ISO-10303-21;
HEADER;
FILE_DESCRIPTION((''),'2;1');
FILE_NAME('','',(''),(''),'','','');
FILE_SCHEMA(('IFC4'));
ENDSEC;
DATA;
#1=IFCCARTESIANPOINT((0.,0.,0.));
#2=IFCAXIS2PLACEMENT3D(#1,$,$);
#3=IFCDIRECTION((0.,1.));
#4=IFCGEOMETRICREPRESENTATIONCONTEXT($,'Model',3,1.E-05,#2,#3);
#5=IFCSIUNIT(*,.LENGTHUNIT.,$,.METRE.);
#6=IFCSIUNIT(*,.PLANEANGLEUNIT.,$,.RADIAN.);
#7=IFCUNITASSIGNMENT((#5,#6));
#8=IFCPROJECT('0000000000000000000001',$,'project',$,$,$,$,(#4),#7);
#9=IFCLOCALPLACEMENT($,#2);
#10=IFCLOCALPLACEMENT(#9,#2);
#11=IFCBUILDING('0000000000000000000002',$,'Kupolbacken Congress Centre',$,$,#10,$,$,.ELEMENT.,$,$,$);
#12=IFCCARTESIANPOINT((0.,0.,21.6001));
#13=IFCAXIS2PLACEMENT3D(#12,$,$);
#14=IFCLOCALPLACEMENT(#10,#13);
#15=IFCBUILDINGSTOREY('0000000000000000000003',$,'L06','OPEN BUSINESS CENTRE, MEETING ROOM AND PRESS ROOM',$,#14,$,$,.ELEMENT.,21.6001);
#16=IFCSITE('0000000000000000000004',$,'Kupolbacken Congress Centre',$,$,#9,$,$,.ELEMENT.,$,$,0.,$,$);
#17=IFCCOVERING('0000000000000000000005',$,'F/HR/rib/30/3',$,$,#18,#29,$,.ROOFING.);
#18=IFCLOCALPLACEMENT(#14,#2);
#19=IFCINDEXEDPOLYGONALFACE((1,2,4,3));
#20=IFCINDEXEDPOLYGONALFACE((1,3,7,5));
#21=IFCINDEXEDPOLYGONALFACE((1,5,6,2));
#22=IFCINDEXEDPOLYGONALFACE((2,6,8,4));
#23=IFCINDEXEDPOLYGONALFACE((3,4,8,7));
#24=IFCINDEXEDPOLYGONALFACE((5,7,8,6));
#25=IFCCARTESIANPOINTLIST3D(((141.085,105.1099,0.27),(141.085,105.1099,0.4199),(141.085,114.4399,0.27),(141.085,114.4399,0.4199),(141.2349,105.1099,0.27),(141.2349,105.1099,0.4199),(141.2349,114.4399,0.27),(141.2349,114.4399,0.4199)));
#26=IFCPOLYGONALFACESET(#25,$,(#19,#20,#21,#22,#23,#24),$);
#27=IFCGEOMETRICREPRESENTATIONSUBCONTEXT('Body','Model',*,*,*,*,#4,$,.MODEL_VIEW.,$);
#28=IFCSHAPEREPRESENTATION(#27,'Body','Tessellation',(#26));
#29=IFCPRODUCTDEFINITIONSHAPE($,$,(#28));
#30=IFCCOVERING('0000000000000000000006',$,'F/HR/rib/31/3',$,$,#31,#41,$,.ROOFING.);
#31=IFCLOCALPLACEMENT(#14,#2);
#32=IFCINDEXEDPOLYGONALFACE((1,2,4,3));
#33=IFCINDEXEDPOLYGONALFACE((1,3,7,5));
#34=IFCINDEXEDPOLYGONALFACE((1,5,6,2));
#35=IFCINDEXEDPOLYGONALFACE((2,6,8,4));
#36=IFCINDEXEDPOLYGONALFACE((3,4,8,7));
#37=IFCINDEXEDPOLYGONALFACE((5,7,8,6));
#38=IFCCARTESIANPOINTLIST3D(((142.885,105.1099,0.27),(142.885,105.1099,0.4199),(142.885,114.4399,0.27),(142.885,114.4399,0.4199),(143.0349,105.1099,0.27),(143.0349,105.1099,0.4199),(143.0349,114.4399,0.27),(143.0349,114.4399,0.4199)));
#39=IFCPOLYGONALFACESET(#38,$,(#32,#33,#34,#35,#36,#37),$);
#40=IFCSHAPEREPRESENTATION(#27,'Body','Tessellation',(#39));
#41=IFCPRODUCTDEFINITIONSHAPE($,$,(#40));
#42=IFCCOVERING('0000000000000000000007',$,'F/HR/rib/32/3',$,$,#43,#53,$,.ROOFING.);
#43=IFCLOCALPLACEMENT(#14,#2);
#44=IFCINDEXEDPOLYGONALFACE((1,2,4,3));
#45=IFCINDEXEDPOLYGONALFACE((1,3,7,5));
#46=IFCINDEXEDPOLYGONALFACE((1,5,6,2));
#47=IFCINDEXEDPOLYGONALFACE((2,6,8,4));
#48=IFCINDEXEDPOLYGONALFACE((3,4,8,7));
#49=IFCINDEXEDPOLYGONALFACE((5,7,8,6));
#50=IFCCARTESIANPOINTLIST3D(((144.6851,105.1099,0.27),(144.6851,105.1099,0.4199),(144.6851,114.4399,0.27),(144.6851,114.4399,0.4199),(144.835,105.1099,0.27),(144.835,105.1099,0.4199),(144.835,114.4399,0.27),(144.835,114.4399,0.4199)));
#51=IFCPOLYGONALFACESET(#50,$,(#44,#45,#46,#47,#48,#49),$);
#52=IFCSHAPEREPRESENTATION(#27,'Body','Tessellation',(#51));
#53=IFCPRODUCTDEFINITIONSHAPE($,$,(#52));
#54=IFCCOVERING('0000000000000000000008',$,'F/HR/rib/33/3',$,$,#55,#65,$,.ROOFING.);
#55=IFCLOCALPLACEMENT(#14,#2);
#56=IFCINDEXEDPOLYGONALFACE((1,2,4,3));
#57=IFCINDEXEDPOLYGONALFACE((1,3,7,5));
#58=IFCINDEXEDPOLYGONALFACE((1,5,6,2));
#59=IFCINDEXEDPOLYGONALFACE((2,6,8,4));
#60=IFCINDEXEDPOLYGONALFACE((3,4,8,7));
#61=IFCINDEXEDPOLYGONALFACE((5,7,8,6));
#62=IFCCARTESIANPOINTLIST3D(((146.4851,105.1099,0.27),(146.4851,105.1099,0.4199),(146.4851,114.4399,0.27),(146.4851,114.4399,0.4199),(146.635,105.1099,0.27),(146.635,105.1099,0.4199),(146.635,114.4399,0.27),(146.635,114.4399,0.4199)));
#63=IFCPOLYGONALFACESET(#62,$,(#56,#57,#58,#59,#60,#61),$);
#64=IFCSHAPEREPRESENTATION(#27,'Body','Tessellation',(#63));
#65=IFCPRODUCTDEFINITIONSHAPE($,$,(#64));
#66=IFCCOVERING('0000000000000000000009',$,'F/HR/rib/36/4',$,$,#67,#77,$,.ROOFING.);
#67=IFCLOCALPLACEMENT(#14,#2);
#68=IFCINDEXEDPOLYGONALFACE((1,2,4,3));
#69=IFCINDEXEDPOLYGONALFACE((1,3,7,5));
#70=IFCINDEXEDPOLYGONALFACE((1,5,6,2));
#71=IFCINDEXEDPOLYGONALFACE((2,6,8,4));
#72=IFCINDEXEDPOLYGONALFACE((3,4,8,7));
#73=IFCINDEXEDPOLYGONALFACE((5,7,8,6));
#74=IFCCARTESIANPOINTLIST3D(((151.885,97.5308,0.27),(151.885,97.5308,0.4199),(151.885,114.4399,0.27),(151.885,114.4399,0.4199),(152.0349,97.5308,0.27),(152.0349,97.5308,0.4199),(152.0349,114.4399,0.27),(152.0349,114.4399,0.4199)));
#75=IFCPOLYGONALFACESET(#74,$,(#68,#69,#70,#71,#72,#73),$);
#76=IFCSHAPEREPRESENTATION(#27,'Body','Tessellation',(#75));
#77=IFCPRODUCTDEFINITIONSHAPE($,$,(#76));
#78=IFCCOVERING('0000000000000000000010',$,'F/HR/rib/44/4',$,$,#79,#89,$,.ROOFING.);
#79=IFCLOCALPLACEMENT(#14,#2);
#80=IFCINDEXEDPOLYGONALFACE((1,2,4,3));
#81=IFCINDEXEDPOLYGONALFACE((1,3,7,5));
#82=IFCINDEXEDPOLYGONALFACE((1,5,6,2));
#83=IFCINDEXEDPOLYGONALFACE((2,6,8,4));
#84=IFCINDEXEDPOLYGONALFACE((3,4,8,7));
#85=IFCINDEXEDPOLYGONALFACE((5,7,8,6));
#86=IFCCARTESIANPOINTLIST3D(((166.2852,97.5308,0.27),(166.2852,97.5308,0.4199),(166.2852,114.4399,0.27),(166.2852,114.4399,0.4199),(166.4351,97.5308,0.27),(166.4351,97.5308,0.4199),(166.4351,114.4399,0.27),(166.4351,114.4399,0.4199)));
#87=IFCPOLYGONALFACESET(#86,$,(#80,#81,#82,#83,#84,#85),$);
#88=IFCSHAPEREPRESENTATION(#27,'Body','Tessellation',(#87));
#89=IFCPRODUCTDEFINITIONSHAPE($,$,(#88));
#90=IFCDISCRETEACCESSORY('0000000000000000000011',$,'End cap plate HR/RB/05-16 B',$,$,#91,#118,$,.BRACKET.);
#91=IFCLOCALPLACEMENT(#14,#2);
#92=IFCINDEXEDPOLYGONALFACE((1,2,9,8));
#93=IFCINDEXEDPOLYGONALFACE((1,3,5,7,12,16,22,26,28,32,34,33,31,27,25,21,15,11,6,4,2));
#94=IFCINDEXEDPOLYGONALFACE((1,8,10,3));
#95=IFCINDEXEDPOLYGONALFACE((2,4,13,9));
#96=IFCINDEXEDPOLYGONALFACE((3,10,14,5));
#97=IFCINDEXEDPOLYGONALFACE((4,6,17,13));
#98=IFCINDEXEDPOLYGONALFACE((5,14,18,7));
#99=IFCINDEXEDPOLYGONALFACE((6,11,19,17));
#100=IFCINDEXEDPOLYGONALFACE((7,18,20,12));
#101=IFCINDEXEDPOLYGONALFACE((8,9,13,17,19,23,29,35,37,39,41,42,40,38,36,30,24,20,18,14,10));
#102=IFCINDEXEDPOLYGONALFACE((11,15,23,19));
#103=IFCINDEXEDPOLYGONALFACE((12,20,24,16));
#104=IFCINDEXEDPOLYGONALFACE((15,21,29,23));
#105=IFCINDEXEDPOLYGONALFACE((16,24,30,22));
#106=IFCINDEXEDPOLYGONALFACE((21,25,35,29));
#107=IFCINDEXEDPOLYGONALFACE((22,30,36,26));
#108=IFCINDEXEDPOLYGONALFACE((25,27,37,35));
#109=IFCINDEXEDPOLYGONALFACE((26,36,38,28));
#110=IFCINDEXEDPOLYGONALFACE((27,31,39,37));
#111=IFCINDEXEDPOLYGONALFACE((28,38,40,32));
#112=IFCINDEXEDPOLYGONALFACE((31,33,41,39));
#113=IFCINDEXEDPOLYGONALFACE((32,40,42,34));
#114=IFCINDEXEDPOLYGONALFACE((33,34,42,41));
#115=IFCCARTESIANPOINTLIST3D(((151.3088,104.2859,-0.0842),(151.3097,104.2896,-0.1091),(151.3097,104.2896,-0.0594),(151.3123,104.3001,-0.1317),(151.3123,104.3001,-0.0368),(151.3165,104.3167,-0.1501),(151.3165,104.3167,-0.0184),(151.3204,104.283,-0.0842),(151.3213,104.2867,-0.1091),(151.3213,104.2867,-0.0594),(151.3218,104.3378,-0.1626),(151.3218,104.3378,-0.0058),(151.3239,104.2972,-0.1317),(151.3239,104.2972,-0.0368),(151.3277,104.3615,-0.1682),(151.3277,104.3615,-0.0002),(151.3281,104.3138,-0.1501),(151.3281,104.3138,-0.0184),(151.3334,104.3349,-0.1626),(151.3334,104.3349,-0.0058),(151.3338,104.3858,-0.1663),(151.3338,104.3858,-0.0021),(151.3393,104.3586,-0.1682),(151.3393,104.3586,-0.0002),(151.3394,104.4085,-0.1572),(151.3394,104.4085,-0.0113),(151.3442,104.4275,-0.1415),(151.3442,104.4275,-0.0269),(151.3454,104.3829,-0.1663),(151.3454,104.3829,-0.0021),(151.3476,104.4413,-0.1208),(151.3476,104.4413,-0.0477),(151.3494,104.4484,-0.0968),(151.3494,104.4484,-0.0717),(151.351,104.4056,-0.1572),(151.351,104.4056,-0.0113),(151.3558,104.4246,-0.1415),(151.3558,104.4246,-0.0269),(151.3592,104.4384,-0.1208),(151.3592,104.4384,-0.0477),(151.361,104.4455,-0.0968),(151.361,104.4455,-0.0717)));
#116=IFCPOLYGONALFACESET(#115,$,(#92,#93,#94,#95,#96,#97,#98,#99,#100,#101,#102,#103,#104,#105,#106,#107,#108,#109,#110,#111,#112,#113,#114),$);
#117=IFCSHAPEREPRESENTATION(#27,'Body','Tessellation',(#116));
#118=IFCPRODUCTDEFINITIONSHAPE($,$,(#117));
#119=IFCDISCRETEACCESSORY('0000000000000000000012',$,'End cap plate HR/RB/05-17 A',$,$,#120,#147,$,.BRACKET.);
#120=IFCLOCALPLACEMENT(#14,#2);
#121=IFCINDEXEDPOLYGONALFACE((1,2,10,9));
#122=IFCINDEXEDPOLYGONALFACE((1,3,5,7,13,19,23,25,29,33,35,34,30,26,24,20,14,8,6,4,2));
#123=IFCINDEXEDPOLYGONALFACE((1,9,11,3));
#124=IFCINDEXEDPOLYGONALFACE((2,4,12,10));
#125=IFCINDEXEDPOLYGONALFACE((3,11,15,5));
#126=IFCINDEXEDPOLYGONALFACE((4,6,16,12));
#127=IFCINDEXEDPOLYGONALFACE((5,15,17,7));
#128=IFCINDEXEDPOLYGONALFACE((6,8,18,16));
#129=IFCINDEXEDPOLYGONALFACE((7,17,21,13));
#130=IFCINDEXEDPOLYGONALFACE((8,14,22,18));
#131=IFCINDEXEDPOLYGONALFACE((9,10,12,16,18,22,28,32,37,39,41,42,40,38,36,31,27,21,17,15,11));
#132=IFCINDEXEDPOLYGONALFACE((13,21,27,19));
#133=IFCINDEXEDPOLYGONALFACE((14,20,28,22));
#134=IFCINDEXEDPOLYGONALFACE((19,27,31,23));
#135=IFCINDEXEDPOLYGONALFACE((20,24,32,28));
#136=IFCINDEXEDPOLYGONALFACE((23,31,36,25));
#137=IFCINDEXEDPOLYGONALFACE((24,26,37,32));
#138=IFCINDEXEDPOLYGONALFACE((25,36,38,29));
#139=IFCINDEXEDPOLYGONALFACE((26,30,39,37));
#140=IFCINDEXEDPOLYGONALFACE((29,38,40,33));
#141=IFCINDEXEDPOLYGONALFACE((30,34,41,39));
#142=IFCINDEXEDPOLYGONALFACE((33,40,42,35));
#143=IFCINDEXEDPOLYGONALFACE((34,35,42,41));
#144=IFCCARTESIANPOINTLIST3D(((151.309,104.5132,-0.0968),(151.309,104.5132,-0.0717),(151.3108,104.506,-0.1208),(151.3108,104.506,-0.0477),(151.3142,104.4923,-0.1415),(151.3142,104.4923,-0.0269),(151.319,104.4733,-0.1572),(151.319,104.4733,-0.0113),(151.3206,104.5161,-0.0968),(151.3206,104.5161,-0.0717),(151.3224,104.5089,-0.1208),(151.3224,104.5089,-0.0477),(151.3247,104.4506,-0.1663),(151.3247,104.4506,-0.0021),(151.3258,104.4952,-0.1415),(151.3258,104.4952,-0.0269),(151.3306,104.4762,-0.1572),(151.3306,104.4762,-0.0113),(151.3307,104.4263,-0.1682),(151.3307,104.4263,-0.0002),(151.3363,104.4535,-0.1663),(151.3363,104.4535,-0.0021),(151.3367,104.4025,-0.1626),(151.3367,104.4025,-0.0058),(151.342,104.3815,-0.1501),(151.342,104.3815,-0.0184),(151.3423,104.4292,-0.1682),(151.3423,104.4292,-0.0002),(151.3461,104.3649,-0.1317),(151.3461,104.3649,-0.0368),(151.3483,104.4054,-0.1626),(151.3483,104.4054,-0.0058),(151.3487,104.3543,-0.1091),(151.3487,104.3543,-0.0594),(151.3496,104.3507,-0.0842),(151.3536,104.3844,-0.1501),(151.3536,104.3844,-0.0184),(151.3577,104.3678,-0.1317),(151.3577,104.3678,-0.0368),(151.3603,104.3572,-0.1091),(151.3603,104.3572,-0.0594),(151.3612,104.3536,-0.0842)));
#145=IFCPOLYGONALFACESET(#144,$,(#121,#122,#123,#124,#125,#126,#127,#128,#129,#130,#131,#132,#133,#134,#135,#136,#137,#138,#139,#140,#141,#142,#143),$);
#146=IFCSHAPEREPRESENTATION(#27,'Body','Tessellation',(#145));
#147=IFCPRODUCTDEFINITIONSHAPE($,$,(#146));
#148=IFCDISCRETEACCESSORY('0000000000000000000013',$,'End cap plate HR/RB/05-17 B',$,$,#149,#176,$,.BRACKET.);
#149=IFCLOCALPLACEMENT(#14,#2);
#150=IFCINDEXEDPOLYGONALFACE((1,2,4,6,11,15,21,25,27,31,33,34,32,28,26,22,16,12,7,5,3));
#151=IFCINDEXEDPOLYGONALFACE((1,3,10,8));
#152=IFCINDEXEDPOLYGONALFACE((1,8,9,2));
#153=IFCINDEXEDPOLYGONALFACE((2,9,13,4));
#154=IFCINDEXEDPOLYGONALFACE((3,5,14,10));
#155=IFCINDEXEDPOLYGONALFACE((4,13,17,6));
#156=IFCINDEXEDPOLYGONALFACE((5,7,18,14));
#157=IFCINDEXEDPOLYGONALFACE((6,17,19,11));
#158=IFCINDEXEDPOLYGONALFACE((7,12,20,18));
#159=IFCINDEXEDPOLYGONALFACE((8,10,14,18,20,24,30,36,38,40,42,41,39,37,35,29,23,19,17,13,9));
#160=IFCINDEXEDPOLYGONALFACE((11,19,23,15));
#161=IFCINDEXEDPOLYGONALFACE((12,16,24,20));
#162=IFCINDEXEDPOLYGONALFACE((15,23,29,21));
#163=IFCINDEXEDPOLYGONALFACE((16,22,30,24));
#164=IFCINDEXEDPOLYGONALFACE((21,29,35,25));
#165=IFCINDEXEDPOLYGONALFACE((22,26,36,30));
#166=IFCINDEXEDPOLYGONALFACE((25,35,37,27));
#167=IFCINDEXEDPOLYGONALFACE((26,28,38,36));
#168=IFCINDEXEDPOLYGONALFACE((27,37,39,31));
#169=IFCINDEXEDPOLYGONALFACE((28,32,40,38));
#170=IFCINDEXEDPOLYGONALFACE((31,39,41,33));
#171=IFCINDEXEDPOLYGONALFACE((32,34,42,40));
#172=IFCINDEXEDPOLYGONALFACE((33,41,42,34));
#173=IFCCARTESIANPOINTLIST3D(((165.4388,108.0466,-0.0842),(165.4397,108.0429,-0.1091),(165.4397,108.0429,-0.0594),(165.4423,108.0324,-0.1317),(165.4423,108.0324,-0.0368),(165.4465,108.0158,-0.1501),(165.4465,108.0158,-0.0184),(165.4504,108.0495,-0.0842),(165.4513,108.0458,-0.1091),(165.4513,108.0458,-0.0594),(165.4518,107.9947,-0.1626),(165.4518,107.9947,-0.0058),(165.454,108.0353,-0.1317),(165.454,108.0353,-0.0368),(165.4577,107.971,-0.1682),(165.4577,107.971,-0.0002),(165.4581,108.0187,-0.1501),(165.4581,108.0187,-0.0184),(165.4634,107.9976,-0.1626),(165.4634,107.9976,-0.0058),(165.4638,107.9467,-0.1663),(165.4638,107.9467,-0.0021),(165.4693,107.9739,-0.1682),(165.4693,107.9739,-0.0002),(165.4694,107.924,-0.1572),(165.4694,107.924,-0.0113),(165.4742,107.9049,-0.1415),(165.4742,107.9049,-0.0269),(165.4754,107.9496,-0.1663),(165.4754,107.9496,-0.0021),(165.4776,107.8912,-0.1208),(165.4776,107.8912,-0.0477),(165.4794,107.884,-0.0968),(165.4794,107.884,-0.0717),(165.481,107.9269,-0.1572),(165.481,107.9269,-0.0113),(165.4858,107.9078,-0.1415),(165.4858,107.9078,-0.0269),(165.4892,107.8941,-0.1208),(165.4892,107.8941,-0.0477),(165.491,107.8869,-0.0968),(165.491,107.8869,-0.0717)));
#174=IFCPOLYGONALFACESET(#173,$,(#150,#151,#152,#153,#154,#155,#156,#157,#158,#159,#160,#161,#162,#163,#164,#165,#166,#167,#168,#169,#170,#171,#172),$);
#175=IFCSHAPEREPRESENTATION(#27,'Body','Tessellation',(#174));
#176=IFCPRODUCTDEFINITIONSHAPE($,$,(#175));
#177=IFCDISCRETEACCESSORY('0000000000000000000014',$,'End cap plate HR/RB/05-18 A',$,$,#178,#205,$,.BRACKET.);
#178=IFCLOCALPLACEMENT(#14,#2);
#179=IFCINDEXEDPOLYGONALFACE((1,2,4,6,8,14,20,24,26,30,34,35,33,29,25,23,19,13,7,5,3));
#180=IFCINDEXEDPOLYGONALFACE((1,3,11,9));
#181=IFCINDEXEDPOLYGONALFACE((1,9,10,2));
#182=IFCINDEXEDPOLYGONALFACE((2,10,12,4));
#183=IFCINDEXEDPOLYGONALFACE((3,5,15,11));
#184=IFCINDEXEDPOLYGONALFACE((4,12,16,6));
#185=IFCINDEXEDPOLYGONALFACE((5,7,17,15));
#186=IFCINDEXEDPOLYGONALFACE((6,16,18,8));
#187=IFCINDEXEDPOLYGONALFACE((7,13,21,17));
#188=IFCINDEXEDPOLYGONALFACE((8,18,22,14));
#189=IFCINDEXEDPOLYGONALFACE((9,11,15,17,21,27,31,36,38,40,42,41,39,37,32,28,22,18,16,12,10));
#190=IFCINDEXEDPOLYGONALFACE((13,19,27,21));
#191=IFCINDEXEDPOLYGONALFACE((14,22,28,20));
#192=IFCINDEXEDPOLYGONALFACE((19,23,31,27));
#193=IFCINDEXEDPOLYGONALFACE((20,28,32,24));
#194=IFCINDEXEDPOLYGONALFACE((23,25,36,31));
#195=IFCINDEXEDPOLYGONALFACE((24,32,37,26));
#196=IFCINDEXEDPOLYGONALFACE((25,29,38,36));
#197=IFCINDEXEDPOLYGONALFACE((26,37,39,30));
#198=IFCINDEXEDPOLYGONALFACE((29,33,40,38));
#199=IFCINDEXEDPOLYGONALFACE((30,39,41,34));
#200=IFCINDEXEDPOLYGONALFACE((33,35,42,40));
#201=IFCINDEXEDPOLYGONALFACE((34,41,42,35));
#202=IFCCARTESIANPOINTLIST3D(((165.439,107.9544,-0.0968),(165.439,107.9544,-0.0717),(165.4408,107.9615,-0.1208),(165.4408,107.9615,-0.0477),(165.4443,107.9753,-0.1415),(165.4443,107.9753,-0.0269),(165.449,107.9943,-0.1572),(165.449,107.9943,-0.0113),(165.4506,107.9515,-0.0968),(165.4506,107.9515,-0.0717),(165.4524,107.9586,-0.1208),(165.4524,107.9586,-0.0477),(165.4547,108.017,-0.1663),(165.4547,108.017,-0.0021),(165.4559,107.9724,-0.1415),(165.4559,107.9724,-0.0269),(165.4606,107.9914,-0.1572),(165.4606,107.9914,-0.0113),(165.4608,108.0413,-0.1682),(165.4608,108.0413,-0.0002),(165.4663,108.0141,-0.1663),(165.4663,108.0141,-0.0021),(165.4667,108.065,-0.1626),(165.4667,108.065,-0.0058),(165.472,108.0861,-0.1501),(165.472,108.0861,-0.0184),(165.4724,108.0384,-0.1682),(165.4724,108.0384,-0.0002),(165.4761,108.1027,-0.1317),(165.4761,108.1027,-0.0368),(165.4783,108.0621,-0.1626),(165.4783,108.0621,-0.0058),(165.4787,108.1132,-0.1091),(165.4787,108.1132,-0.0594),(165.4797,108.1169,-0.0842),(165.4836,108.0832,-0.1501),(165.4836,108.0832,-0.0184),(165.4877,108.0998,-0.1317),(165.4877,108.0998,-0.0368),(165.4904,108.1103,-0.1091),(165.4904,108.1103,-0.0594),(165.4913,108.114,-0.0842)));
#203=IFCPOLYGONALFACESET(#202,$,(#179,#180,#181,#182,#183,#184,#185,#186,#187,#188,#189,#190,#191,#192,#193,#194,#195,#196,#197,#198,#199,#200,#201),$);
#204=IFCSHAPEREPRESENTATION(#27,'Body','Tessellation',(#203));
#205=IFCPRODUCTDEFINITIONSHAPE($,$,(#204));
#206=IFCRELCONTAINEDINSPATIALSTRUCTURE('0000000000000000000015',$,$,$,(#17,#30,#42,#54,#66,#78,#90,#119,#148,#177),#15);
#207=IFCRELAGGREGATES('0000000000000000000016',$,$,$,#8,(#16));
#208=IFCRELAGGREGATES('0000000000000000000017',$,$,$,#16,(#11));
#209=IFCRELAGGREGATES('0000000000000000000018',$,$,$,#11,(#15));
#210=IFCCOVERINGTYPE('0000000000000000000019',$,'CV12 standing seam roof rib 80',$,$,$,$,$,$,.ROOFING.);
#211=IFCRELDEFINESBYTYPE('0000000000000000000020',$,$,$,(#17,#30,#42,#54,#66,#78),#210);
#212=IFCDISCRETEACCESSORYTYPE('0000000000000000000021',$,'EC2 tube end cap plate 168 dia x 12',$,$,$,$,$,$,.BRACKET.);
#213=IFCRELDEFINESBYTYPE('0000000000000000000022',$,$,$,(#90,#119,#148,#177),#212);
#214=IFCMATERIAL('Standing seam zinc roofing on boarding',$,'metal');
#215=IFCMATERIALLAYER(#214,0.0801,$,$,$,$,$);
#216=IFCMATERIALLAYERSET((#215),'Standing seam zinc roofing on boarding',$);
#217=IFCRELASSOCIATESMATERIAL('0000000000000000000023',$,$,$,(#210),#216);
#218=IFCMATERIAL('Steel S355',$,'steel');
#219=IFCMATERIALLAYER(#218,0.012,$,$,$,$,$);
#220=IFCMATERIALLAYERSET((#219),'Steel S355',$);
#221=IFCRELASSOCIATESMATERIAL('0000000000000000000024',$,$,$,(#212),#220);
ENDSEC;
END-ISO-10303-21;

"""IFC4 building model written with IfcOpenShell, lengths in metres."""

from ifc_helpers import new_model, si_unit, direction, frame, origin, origin_2d, place, context, subcontext, project, spatial, rectangle, circle, extrude, material, layer, layer_set, type_object, element, save


model = new_model("IFC4")

# Units and contexts
model_context = context("Model", 3, precision=1e-05, world=origin(), true_north=direction((0.0, 1.0)))
body_context = subcontext(model_context, "Body", "Model", "MODEL_VIEW")
ifc_project = project(units=[si_unit("LENGTHUNIT", "METRE"), si_unit("PLANEANGLEUNIT", "RADIAN")], contexts=[model_context])

# Site, building, storey
site_placement = place(None, origin())
site = spatial("IfcSite", under=ifc_project, at=site_placement, Name="Kupolbacken Congress Centre", CompositionType="ELEMENT", RefElevation=0.0)
building_placement = place(site_placement, origin())
building = spatial("IfcBuilding", under=site, at=building_placement, Name="Kupolbacken Congress Centre", CompositionType="ELEMENT")
storey_placement = place(building_placement, frame((0.0, 0.0, 21.6001)))
storey = spatial("IfcBuildingStorey", under=building, at=storey_placement, Name="L06", Description="OPEN BUSINESS CENTRE, MEETING ROOM AND PRESS ROOM", CompositionType="ELEMENT", Elevation=21.6001)

# Coverings
ifc_material_1 = material(Name="Standing seam zinc roofing on boarding", Category="metal")
ifc_layer_1 = layer(ifc_material_1, 0.0801)
ifc_layer_set_1 = layer_set([ifc_layer_1], Name="Standing seam zinc roofing on boarding")
covering_type = type_object("IfcCoveringType", Name="CV12 standing seam roof rib 80", PredefinedType="ROOFING", material=ifc_layer_set_1)
for number, where, z_axis, x_axis, name in (
    (1, (141.1599, 109.7749, 0.27), (0.0, 0.0, 1.0), (0.0, 1.0, 0.0), "F/HR/rib/30/3"),
    (2, (142.96, 109.7749, 0.27), (0.0, 0.0, 1.0), (0.0, 1.0, 0.0), "F/HR/rib/31/3"),
    (3, (144.76, 109.7749, 0.27), (0.0, 0.0, 1.0), (0.0, 1.0, 0.0), "F/HR/rib/32/3"),
    (4, (146.5601, 109.7749, 0.27), (0.0, 0.0, 1.0), (0.0, 1.0, 0.0), "F/HR/rib/33/3"),
):
    element("IfcCovering", number, at=place(storey_placement, frame(where, z_axis=z_axis, x_axis=x_axis)), inside=storey, type_object=covering_type, Name=name, PredefinedType="ROOFING", context=body_context, shape_type="SweptSolid", body=[
        extrude(rectangle(XDim=9.3301, YDim=0.1499, at=origin_2d()), origin(), (0.0, 0.0, 1.0), 0.1499),
    ])
for number, where, z_axis, x_axis, name in (
    (5, (151.96, 105.9854, 0.27), (0.0, 0.0, 1.0), (0.0, 1.0, 0.0), "F/HR/rib/36/4"),
    (6, (166.3601, 105.9854, 0.27), (0.0, 0.0, 1.0), (0.0, 1.0, 0.0), "F/HR/rib/44/4"),
):
    element("IfcCovering", number, at=place(storey_placement, frame(where, z_axis=z_axis, x_axis=x_axis)), inside=storey, type_object=covering_type, Name=name, PredefinedType="ROOFING", context=body_context, shape_type="SweptSolid", body=[
        extrude(rectangle(XDim=16.9092, YDim=0.1499, at=origin_2d()), origin(), (0.0, 0.0, 1.0), 0.1499),
    ])

# Discrete accessories
ifc_material_2 = material(Name="Steel S355", Category="steel")
ifc_layer_2 = layer(ifc_material_2, 0.012)
ifc_layer_set_2 = layer_set([ifc_layer_2], Name="Steel S355")
discrete_accessory_type = type_object("IfcDiscreteAccessoryType", Name="EC2 tube end cap plate 168 dia x 12", PredefinedType="BRACKET", material=ifc_layer_set_2)
for number, where, z_axis, x_axis, name in (
    (7, (151.3408, 104.3647, -0.0842), (-0.970143, 0.242536, 0.0), (-0.242536, -0.970143, 0.0), "End cap plate HR/RB/05-16 B"),
    (8, (151.3408, 104.4353, -0.0842), (-0.970143, -0.242536, 0.0), (0.242536, -0.970143, 0.0), "End cap plate HR/RB/05-17 A"),
    (9, (165.4592, 107.9648, -0.0842), (0.970143, 0.242536, 0.0), (-0.242536, 0.970143, 0.0), "End cap plate HR/RB/05-17 B"),
    (10, (165.4592, 108.0352, -0.0842), (0.970143, -0.242536, 0.0), (0.242536, 0.970143, 0.0), "End cap plate HR/RB/05-18 A"),
):
    element("IfcDiscreteAccessory", number, at=place(storey_placement, frame(where, z_axis=z_axis, x_axis=x_axis)), inside=storey, type_object=discrete_accessory_type, Name=name, PredefinedType="BRACKET", context=body_context, shape_type="SweptSolid", body=[
        extrude(circle(Radius=0.0842, at=origin_2d()), origin(), (0.0, 0.0, 1.0), 0.012),
    ])

save(model, "model.ifc")
